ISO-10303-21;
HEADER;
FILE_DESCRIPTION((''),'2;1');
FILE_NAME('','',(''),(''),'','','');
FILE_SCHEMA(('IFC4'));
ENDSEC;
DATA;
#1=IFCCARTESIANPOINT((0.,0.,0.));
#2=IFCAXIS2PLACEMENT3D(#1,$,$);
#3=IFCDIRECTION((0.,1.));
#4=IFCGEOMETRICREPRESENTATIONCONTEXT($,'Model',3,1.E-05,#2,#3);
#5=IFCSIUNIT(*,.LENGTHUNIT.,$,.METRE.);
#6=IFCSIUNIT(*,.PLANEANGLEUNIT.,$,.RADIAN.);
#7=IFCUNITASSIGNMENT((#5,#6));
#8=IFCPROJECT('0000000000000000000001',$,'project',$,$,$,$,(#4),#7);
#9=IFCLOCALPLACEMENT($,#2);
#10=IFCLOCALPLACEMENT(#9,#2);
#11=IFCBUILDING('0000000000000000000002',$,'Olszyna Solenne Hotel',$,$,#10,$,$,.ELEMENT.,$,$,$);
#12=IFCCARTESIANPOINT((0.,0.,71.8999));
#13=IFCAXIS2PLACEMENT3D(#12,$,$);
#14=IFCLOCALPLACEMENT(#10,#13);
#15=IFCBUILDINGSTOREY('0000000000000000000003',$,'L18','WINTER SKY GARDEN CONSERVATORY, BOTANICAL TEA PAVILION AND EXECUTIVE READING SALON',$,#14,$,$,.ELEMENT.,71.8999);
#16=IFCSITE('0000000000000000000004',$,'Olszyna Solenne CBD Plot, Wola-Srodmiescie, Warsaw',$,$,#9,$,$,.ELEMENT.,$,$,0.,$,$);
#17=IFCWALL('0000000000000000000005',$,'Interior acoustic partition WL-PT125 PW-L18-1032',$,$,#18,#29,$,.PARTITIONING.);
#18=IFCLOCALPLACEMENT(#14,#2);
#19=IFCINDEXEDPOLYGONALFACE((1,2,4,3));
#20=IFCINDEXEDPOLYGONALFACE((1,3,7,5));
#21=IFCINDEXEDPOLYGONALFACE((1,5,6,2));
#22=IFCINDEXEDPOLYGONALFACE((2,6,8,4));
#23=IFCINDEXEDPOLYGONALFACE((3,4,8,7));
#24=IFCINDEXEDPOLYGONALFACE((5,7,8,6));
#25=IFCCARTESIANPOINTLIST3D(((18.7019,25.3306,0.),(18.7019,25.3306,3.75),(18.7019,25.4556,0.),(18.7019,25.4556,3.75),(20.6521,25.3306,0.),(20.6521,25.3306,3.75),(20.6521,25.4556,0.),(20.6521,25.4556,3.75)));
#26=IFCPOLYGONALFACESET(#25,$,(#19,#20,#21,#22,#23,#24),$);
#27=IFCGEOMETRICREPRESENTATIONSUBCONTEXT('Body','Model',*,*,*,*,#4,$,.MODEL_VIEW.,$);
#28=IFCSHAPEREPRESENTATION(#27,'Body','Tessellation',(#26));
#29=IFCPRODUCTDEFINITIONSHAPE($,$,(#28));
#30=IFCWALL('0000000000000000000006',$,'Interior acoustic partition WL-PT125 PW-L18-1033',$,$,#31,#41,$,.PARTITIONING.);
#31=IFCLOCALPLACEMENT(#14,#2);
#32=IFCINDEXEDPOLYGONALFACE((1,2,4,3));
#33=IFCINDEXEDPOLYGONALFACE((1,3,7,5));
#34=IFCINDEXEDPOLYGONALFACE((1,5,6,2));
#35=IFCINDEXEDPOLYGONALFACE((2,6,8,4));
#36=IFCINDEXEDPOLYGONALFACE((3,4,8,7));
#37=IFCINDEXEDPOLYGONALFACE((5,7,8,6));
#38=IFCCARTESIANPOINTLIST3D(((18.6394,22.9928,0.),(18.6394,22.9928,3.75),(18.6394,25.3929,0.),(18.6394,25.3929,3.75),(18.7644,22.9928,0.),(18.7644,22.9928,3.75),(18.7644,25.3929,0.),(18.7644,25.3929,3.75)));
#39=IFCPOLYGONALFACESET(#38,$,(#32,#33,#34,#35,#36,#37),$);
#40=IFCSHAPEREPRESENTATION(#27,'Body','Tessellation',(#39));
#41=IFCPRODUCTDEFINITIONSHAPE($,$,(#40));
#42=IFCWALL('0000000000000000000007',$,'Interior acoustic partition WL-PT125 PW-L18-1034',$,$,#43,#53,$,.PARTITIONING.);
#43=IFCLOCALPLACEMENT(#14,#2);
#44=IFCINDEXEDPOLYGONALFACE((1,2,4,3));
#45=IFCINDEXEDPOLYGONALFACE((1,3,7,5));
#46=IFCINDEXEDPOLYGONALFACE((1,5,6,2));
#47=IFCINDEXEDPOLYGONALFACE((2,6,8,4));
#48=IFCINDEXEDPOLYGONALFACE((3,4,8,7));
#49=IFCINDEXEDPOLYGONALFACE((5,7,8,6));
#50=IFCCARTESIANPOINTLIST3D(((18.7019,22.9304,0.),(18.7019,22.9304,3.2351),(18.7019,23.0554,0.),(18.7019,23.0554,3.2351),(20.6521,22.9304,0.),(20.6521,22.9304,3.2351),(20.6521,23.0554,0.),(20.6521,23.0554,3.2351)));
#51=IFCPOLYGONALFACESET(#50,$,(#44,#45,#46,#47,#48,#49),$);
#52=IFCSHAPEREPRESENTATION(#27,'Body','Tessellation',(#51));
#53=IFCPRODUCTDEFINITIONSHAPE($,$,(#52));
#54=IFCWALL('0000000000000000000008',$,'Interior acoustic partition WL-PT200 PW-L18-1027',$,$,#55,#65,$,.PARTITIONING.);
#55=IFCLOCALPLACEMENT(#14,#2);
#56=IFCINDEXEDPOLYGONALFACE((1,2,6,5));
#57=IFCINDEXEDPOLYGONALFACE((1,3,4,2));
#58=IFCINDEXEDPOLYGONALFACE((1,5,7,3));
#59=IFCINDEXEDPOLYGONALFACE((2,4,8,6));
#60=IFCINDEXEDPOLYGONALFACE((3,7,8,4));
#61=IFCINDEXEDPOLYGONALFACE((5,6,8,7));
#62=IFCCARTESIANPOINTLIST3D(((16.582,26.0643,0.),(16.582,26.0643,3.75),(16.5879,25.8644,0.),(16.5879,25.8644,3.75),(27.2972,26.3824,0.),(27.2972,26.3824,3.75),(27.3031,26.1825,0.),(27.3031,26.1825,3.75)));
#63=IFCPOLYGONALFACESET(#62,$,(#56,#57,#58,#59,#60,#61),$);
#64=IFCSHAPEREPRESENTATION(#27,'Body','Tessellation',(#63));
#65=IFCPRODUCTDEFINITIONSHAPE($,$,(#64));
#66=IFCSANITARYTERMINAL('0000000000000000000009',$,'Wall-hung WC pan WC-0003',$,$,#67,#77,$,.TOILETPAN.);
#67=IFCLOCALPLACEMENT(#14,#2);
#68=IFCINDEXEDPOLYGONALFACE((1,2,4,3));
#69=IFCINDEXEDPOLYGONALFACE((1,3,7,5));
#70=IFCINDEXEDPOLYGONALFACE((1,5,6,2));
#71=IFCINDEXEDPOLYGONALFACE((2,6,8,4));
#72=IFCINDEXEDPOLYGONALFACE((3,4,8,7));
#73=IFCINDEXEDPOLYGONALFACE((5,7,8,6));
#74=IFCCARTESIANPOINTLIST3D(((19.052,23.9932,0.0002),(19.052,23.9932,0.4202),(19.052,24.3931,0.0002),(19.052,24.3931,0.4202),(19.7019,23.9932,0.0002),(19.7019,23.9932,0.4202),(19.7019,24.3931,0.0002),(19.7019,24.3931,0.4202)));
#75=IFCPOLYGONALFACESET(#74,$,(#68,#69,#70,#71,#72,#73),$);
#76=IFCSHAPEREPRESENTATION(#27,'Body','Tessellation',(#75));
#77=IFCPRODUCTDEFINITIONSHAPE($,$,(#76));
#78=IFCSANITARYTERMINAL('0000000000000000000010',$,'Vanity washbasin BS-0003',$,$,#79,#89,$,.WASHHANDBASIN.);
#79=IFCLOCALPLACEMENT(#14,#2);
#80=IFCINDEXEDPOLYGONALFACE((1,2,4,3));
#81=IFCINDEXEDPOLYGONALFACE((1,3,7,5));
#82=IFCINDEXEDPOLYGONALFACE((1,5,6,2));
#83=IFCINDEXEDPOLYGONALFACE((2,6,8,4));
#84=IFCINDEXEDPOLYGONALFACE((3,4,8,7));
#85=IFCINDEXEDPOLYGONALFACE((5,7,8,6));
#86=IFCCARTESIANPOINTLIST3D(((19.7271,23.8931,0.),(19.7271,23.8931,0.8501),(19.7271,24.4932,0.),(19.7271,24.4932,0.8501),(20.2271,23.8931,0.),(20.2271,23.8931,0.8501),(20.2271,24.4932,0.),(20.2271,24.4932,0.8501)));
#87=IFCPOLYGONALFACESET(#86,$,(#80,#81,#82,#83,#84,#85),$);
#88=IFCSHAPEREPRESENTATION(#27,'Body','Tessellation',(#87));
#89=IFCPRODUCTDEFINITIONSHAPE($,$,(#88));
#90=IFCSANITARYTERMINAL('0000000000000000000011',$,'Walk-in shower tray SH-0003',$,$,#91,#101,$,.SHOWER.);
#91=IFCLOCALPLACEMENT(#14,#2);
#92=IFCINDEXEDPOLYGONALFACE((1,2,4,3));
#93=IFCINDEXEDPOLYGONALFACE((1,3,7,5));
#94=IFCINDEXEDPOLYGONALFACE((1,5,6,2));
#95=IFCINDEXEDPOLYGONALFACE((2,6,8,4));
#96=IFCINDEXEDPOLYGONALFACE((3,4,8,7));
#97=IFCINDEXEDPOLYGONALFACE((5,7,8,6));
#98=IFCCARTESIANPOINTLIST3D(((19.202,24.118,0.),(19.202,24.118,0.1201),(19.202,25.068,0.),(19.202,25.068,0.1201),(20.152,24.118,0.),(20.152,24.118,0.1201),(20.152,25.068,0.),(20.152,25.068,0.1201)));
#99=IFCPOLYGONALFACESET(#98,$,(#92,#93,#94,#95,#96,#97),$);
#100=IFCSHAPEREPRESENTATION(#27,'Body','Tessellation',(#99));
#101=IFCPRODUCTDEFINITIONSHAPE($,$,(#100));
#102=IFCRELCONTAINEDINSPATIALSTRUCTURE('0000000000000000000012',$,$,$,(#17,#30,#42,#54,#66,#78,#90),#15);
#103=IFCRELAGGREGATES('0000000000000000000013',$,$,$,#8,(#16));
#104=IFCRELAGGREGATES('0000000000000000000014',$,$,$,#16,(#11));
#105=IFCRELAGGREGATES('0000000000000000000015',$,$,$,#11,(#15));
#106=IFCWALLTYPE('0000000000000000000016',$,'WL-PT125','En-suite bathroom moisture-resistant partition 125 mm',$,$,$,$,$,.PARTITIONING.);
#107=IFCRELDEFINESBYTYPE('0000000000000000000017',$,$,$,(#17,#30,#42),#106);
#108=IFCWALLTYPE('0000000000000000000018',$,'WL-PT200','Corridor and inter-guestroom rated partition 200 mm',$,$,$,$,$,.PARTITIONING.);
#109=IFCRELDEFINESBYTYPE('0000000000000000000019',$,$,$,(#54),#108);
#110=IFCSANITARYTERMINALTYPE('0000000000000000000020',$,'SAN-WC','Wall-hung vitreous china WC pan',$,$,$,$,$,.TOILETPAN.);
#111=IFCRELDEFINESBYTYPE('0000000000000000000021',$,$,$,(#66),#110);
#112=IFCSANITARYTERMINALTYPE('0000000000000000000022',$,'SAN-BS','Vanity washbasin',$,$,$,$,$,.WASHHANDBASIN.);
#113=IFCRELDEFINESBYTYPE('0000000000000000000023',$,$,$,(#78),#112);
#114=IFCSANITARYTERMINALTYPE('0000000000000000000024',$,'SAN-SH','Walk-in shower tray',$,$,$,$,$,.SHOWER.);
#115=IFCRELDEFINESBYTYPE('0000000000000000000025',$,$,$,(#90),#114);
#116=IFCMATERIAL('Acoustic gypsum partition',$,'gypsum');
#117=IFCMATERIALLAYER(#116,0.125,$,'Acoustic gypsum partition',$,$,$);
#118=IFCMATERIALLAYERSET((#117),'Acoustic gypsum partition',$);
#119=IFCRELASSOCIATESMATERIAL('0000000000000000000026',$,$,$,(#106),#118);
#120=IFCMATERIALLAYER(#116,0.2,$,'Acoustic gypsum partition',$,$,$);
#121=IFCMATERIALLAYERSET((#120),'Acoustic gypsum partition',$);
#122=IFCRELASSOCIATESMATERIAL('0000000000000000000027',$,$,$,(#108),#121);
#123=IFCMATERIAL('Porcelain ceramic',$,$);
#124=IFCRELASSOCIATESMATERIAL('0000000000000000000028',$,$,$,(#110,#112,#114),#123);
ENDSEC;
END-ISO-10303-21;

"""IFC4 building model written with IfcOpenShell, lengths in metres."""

from ifc_helpers import new_model, si_unit, direction, frame, frame_2d, origin, origin_2d, place, context, subcontext, project, spatial, rectangle, extrude, source, transform, mapped, material, layer, layer_set, type_object, element, save


model = new_model("IFC4")

# Units and contexts
model_context = context("Model", 3, precision=1e-05, world=origin(), true_north=direction((0.0, 1.0)))
body_context = subcontext(model_context, "Body", "Model", "MODEL_VIEW")
ifc_project = project(units=[si_unit("LENGTHUNIT", "METRE"), si_unit("PLANEANGLEUNIT", "RADIAN")], contexts=[model_context])

# Site, building, storey
site_placement = place(None, origin())
site = spatial("IfcSite", under=ifc_project, at=site_placement, Name="Olszyna Solenne CBD Plot, Wola-Srodmiescie, Warsaw", CompositionType="ELEMENT", RefElevation=0.0)
building_placement = place(site_placement, origin())
building = spatial("IfcBuilding", under=site, at=building_placement, Name="Olszyna Solenne Hotel", CompositionType="ELEMENT")
storey_placement = place(building_placement, frame((0.0, 0.0, 71.8999)))
storey = spatial("IfcBuildingStorey", under=building, at=storey_placement, Name="L18", Description="WINTER SKY GARDEN CONSERVATORY, BOTANICAL TEA PAVILION AND EXECUTIVE READING SALON", CompositionType="ELEMENT", Elevation=71.8999)

# Shared definitions
ifc_material_1 = material(Name="Acoustic gypsum partition", Category="gypsum")
ifc_layer_1 = layer(ifc_material_1, 0.125, Name="Acoustic gypsum partition")
ifc_layer_set_1 = layer_set([ifc_layer_1], Name="Acoustic gypsum partition")
wall_type_1 = type_object("IfcWallType", Name="WL-PT125", Description="En-suite bathroom moisture-resistant partition 125 mm", PredefinedType="PARTITIONING", material=ifc_layer_set_1)

# Walls
wall_1_placement = place(storey_placement, frame((20.6521, 25.3931, 0.0), z_axis=(0.0, 0.0, 1.0), x_axis=(-1.0, 0.0, 0.0)))
element("IfcWall", 1, at=wall_1_placement, inside=storey, type_object=wall_type_1, Name="Interior acoustic partition WL-PT125 PW-L18-1032", PredefinedType="PARTITIONING", context=body_context, shape_type="SweptSolid", body=[
    extrude(rectangle(XDim=1.9502, YDim=0.125, at=frame_2d((0.9751, 0.0))), origin(), (0.0, 0.0, 1.0), 3.75),
])
wall_2_placement = place(storey_placement, frame((18.7019, 25.3931, 0.0), z_axis=(0.0, 0.0, 1.0), x_axis=(0.0, -1.0, 0.0)))
element("IfcWall", 2, at=wall_2_placement, inside=storey, type_object=wall_type_1, Name="Interior acoustic partition WL-PT125 PW-L18-1033", PredefinedType="PARTITIONING", context=body_context, shape_type="SweptSolid", body=[
    extrude(rectangle(XDim=2.4001, YDim=0.125, at=frame_2d((1.2002, 0.0))), origin(), (0.0, 0.0, 1.0), 3.75),
])
wall_3_placement = place(storey_placement, frame((18.7019, 22.9929, 0.0), z_axis=(0.0, 0.0, 1.0), x_axis=(1.0, 0.0, 0.0)))
element("IfcWall", 3, at=wall_3_placement, inside=storey, type_object=wall_type_1, Name="Interior acoustic partition WL-PT125 PW-L18-1034", PredefinedType="PARTITIONING", context=body_context, shape_type="SweptSolid", body=[
    extrude(rectangle(XDim=1.9502, YDim=0.125, at=frame_2d((0.9751, 0.0))), origin(), (0.0, 0.0, 1.0), 3.2351),
])
ifc_layer_2 = layer(ifc_material_1, 0.2, Name="Acoustic gypsum partition")
ifc_layer_set_2 = layer_set([ifc_layer_2], Name="Acoustic gypsum partition")
wall_type_2 = type_object("IfcWallType", Name="WL-PT200", Description="Corridor and inter-guestroom rated partition 200 mm", PredefinedType="PARTITIONING", material=ifc_layer_set_2)
wall_4_placement = place(storey_placement, frame((27.3, 26.2825, 0.0), z_axis=(0.0, 0.0, 1.0), x_axis=(-0.99956, -0.029675, 0.0)))
element("IfcWall", 4, at=wall_4_placement, inside=storey, type_object=wall_type_2, Name="Interior acoustic partition WL-PT200 PW-L18-1027", PredefinedType="PARTITIONING", context=body_context, shape_type="SweptSolid", body=[
    extrude(rectangle(XDim=10.72, YDim=0.2, at=frame_2d((5.3599, 0.0))), origin(), (0.0, 0.0, 1.0), 3.75),
])

# Sanitary terminals
ifc_material_2 = material(Name="Porcelain ceramic")
sanitary_terminal_type_1 = type_object("IfcSanitaryTerminalType", Name="SAN-WC", Description="Wall-hung vitreous china WC pan", PredefinedType="TOILETPAN", material=ifc_material_2)
shared_shape_1 = source(origin(), body_context, "Body", "SweptSolid", [
    extrude(rectangle(XDim=0.6499, YDim=0.3999, at=origin_2d()), origin(), (0.0, 0.0, 1.0), 0.4199),
])
sanitary_terminal_1_placement = place(storey_placement, frame((19.377, 24.1931, 0.0002), z_axis=(0.0, 0.0, 1.0), x_axis=(1.0, 0.0, 0.0)))
element("IfcSanitaryTerminal", 5, at=sanitary_terminal_1_placement, inside=storey, type_object=sanitary_terminal_type_1, Name="Wall-hung WC pan WC-0003", PredefinedType="TOILETPAN", context=body_context, shape_type="MappedRepresentation", body=[
    mapped(shared_shape_1, transform((0.0, 0.0, 0.0), x_axis=(1.0, 0.0, 0.0), y_axis=(0.0, 1.0, 0.0), z_axis=(0.0, 0.0, 1.0), scale=1.0)),
])
sanitary_terminal_type_2 = type_object("IfcSanitaryTerminalType", Name="SAN-BS", Description="Vanity washbasin", PredefinedType="WASHHANDBASIN", material=ifc_material_2)
shared_shape_2 = source(origin(), body_context, "Body", "SweptSolid", [
    extrude(rectangle(XDim=0.5, YDim=0.6001, at=origin_2d()), origin(), (0.0, 0.0, 1.0), 0.8501),
])
sanitary_terminal_2_placement = place(storey_placement, frame((19.9771, 24.1931, 0.0), z_axis=(0.0, 0.0, 1.0), x_axis=(1.0, 0.0, 0.0)))
element("IfcSanitaryTerminal", 6, at=sanitary_terminal_2_placement, inside=storey, type_object=sanitary_terminal_type_2, Name="Vanity washbasin BS-0003", PredefinedType="WASHHANDBASIN", context=body_context, shape_type="MappedRepresentation", body=[
    mapped(shared_shape_2, transform((0.0, 0.0, 0.0), x_axis=(1.0, 0.0, 0.0), y_axis=(0.0, 1.0, 0.0), z_axis=(0.0, 0.0, 1.0), scale=1.0)),
])
sanitary_terminal_type_3 = type_object("IfcSanitaryTerminalType", Name="SAN-SH", Description="Walk-in shower tray", PredefinedType="SHOWER", material=ifc_material_2)
shared_shape_3 = source(origin(), body_context, "Body", "SweptSolid", [
    extrude(rectangle(XDim=0.95, YDim=0.95, at=origin_2d()), origin(), (0.0, 0.0, 1.0), 0.1201),
])
sanitary_terminal_3_placement = place(storey_placement, frame((19.677, 24.593, 0.0), z_axis=(0.0, 0.0, 1.0), x_axis=(1.0, 0.0, 0.0)))
element("IfcSanitaryTerminal", 7, at=sanitary_terminal_3_placement, inside=storey, type_object=sanitary_terminal_type_3, Name="Walk-in shower tray SH-0003", PredefinedType="SHOWER", context=body_context, shape_type="MappedRepresentation", body=[
    mapped(shared_shape_3, transform((0.0, 0.0, 0.0), x_axis=(1.0, 0.0, 0.0), y_axis=(0.0, 1.0, 0.0), z_axis=(0.0, 0.0, 1.0), scale=1.0)),
])

save(model, "model.ifc")
